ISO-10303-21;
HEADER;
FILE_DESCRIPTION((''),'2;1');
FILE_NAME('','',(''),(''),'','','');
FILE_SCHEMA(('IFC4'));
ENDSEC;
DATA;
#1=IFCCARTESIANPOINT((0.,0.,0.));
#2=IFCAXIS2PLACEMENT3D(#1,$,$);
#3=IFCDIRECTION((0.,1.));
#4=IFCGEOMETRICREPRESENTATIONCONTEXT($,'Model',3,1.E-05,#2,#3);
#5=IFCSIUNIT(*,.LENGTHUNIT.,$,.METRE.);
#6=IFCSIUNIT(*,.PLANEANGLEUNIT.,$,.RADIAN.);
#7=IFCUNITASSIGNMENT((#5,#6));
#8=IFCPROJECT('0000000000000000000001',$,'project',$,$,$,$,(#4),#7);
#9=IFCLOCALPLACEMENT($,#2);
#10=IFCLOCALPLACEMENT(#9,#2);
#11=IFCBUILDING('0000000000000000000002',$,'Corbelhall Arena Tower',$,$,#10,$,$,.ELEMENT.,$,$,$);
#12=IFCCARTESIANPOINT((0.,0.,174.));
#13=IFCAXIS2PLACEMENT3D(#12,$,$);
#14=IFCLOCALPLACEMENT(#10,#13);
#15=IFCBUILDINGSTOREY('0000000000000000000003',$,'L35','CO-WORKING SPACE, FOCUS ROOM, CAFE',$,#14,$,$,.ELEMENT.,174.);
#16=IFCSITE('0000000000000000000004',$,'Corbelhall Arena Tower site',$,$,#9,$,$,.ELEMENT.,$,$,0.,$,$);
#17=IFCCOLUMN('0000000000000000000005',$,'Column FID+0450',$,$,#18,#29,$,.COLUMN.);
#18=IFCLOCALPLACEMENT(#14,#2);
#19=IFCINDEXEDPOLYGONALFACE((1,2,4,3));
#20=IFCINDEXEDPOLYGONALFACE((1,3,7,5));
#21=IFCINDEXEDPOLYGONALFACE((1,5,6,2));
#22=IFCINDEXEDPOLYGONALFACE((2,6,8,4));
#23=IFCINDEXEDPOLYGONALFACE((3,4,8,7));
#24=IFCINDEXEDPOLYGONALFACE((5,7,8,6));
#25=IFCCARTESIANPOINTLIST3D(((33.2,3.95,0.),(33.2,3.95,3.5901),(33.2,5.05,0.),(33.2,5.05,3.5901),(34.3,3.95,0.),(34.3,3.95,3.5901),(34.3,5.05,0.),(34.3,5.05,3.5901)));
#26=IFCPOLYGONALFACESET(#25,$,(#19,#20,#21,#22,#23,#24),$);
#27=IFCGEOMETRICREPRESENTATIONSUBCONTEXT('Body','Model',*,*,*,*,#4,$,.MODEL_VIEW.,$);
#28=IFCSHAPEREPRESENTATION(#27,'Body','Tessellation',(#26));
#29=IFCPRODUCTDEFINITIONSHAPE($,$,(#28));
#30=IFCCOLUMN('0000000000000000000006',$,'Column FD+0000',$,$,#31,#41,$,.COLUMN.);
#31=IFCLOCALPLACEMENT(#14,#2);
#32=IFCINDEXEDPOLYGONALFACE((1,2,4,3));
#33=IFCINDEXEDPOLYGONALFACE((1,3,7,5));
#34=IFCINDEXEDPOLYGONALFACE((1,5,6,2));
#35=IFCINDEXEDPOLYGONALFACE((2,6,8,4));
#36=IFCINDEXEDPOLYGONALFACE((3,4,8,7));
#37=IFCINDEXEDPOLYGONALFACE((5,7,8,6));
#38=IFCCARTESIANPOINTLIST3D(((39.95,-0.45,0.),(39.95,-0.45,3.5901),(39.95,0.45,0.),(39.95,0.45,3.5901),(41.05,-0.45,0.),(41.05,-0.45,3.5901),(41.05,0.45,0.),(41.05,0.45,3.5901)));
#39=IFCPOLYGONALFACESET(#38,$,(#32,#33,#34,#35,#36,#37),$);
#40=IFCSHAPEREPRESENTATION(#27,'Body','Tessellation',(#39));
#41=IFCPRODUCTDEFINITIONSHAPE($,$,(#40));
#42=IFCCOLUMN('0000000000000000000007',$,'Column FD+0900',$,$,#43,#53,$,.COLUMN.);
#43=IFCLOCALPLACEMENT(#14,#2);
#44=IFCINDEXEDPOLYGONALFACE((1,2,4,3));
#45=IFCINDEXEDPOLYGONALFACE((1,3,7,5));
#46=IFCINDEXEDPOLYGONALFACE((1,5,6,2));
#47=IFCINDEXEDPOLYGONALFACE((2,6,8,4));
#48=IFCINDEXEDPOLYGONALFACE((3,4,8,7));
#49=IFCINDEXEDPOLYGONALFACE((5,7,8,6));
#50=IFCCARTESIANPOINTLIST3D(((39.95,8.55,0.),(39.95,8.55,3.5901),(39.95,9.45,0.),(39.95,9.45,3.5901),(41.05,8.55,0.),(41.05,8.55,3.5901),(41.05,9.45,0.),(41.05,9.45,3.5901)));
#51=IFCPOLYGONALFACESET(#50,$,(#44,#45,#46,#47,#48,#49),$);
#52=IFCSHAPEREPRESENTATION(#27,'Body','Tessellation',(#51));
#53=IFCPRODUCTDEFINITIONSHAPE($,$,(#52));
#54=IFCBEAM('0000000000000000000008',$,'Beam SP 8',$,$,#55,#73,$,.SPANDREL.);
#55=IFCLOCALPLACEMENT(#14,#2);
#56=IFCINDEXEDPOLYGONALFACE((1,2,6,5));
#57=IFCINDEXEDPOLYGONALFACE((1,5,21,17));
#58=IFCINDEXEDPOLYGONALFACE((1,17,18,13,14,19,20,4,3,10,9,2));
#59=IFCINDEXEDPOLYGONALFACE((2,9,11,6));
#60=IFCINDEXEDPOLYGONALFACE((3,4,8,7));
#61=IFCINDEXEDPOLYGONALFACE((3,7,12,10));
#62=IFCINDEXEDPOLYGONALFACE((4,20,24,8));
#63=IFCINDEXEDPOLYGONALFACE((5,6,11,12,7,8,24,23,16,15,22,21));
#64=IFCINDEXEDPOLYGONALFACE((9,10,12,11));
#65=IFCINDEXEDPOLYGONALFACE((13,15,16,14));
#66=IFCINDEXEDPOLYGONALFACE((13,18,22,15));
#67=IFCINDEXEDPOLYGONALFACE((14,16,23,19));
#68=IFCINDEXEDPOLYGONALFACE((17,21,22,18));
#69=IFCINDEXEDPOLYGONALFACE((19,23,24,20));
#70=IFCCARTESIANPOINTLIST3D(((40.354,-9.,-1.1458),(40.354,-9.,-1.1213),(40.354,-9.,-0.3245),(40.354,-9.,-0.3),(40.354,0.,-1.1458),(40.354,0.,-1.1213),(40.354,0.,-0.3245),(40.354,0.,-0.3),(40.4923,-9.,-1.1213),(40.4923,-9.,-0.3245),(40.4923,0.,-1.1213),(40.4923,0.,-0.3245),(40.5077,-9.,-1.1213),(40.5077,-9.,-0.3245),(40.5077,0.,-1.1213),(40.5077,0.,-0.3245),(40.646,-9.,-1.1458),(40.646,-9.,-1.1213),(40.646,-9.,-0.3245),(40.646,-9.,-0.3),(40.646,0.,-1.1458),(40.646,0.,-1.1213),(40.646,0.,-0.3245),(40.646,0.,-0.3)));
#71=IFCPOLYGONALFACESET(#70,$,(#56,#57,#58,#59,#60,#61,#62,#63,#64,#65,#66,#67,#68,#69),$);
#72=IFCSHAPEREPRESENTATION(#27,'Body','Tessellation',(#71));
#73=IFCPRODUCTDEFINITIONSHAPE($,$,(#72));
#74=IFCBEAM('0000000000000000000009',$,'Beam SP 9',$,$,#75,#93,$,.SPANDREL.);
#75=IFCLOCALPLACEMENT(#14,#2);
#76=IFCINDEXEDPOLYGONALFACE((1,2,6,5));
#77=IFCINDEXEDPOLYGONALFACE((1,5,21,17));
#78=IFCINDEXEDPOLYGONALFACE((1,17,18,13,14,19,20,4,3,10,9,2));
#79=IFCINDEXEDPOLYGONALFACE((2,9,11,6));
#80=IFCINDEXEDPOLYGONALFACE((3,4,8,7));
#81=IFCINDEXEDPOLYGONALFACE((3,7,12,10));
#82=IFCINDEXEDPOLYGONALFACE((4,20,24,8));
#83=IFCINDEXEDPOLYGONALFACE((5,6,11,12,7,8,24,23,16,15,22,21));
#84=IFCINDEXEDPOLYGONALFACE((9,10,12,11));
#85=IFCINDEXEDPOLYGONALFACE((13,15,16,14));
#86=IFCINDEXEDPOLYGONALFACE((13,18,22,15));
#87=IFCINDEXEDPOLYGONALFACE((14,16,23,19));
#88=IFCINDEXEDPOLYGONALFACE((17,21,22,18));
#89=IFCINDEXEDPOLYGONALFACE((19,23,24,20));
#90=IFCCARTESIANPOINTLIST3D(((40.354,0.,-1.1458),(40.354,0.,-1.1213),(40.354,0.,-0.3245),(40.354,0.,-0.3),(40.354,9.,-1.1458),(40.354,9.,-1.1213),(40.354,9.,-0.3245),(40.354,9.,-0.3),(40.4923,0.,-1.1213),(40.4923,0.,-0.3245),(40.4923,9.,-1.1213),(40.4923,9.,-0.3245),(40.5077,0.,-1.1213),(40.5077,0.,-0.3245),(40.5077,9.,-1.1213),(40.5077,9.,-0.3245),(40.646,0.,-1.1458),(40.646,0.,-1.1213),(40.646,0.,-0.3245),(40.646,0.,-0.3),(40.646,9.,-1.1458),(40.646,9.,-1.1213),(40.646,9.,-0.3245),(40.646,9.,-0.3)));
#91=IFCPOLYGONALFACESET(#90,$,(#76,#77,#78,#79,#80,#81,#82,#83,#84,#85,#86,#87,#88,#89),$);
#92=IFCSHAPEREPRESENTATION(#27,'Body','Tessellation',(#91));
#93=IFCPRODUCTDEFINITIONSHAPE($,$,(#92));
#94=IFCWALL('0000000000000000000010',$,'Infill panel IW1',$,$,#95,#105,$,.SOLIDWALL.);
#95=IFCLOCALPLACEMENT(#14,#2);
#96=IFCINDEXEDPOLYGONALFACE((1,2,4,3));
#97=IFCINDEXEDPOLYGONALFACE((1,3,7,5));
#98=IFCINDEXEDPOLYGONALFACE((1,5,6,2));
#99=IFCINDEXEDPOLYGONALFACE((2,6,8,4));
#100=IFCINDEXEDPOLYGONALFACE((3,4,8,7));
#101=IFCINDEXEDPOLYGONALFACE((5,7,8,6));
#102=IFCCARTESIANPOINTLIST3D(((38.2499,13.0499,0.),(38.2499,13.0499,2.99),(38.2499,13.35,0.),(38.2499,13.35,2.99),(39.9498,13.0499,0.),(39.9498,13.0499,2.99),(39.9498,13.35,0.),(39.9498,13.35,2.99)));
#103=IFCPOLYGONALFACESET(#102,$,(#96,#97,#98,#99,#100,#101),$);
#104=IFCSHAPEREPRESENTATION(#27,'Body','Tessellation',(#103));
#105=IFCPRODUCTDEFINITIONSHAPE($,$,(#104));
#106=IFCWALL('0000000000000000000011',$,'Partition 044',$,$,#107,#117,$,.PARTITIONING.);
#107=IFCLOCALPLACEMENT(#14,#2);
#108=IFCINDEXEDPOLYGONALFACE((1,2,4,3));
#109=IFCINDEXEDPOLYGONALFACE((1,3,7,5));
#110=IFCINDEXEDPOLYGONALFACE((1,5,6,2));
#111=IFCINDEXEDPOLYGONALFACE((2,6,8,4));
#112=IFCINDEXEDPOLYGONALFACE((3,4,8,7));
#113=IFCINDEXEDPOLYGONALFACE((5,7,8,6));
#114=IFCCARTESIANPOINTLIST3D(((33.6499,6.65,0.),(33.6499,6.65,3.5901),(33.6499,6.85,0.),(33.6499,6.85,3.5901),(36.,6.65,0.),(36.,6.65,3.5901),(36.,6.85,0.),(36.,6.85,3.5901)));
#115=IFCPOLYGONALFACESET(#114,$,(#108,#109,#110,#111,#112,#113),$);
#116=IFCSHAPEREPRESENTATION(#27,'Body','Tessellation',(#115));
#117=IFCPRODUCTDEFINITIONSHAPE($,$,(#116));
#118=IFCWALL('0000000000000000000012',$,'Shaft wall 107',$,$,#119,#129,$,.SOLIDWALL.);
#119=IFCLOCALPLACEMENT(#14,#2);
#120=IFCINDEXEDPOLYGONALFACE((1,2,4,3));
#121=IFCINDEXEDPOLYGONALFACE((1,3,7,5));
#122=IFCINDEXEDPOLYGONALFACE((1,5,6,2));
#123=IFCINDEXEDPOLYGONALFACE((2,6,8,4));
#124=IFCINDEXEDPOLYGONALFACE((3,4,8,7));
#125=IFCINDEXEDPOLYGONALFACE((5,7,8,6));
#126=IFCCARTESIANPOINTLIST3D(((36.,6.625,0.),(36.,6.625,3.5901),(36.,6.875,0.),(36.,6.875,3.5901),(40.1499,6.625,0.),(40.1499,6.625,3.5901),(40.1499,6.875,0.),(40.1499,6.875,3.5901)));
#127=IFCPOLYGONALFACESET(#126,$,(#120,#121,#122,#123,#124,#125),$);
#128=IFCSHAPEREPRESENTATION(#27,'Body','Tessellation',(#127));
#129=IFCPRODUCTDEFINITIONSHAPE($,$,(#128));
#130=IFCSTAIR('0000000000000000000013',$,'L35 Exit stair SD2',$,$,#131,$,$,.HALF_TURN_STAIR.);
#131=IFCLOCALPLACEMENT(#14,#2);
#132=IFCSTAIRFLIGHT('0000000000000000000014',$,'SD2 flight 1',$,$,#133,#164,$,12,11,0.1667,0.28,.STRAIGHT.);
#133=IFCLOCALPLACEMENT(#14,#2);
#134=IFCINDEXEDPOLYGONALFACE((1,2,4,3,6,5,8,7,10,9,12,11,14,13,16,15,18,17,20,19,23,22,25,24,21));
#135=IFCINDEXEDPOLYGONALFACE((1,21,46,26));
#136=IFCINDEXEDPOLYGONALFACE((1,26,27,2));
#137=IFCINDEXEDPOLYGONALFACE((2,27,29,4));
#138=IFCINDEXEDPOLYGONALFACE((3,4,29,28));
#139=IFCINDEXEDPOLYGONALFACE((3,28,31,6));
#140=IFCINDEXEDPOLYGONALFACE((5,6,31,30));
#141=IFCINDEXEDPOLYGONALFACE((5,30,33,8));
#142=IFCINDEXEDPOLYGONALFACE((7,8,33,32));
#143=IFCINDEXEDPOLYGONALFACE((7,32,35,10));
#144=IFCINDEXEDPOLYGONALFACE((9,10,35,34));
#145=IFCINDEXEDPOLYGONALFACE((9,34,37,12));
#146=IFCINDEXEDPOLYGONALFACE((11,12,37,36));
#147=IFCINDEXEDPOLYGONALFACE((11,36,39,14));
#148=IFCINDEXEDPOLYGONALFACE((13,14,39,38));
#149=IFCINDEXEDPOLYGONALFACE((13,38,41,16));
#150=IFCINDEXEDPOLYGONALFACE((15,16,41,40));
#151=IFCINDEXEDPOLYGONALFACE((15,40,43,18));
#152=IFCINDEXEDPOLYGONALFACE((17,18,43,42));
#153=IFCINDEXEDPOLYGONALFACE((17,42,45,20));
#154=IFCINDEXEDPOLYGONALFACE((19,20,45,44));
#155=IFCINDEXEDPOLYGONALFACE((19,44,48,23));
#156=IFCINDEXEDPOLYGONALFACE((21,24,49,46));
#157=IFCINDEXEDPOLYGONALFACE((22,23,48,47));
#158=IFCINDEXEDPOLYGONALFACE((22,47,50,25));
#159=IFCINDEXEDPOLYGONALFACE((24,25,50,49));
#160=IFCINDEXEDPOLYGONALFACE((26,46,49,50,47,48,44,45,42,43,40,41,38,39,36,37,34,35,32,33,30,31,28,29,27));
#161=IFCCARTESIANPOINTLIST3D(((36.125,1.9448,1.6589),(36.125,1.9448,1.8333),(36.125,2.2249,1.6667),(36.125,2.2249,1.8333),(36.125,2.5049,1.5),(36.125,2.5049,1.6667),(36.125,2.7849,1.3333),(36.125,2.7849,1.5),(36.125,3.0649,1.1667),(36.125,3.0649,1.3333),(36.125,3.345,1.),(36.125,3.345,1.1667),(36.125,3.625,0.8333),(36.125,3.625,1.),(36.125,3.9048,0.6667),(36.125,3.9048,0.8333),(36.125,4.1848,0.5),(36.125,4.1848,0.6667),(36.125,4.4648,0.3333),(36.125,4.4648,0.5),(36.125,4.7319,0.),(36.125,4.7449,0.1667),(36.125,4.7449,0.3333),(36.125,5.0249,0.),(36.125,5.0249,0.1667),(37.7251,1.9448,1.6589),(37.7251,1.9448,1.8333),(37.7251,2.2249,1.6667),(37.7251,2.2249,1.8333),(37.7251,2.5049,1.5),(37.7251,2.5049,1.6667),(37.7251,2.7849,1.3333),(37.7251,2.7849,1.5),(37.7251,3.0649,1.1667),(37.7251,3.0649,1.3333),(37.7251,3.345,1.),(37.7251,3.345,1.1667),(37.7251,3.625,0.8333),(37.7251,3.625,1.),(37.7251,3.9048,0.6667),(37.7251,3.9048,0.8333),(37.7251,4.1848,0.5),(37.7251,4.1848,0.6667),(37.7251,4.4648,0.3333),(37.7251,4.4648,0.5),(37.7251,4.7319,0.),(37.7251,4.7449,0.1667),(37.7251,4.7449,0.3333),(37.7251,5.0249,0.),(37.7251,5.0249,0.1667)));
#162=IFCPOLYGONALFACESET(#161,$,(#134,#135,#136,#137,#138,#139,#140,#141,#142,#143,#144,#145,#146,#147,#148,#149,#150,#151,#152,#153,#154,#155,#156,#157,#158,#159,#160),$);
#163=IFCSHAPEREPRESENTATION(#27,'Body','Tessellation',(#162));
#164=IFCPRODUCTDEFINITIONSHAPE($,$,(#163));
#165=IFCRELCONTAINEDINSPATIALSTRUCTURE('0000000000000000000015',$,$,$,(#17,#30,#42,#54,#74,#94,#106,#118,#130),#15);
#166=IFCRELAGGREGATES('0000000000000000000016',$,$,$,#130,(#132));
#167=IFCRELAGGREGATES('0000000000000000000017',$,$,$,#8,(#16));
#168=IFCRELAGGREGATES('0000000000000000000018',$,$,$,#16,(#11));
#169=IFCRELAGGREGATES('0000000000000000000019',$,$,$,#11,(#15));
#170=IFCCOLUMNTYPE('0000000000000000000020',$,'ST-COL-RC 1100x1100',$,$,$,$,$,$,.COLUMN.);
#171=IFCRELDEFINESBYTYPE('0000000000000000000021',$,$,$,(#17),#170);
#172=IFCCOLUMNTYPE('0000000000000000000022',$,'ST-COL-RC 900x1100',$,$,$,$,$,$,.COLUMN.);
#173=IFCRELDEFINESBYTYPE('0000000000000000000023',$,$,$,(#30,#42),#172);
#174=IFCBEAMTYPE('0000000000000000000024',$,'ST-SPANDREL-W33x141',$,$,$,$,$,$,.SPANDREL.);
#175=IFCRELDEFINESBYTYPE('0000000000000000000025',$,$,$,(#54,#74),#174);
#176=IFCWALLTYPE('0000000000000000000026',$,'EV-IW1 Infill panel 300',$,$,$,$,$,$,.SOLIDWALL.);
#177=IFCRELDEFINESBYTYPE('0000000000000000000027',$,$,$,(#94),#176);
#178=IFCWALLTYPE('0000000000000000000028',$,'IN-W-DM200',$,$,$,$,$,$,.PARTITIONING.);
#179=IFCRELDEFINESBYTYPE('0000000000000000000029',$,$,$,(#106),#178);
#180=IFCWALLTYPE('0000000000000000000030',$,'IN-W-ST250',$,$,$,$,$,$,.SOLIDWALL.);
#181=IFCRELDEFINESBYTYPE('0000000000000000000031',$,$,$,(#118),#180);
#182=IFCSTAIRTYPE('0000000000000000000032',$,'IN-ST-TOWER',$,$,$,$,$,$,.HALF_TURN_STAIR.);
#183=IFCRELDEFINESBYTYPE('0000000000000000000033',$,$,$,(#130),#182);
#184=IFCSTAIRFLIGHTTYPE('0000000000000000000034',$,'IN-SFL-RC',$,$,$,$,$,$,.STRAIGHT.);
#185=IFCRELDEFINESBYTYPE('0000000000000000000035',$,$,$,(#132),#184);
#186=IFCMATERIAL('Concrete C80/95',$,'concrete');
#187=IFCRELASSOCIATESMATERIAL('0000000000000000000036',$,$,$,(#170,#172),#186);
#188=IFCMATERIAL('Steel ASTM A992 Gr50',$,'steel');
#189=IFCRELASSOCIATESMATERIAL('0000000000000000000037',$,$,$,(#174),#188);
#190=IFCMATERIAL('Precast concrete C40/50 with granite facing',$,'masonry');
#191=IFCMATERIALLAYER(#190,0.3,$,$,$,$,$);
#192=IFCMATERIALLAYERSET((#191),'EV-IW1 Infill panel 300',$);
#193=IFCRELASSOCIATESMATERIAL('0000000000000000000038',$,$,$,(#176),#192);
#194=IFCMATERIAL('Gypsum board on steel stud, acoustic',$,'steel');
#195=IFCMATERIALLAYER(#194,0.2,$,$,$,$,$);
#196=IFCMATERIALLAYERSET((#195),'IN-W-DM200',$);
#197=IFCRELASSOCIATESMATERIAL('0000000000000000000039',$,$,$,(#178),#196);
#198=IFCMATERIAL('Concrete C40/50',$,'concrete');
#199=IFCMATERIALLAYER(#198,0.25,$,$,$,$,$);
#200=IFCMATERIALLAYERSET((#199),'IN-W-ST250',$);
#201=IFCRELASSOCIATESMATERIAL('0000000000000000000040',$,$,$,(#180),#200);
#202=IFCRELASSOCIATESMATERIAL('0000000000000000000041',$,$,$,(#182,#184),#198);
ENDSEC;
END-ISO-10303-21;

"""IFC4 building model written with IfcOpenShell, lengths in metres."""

from ifc_helpers import new_model, si_unit, direction, frame, frame_2d, origin, origin_2d, place, context, subcontext, project, spatial, polyline, rectangle, i_section, outline, extrude, material, layer, layer_set, material_profile, profile_set, type_object, element, aggregate, save


model = new_model("IFC4")

# Units and contexts
model_context = context("Model", 3, precision=1e-05, world=origin(), true_north=direction((0.0, 1.0)))
body_context = subcontext(model_context, "Body", "Model", "MODEL_VIEW")
ifc_project = project(units=[si_unit("LENGTHUNIT", "METRE"), si_unit("PLANEANGLEUNIT", "RADIAN")], contexts=[model_context])

# Site, building, storey
site_placement = place(None, origin())
site = spatial("IfcSite", under=ifc_project, at=site_placement, Name="Corbelhall Arena Tower site", CompositionType="ELEMENT", RefElevation=0.0)
building_placement = place(site_placement, origin())
building = spatial("IfcBuilding", under=site, at=building_placement, Name="Corbelhall Arena Tower", CompositionType="ELEMENT")
storey_placement = place(building_placement, frame((0.0, 0.0, 174.0)))
storey = spatial("IfcBuildingStorey", under=building, at=storey_placement, Name="L35", Description="CO-WORKING SPACE, FOCUS ROOM, CAFE", CompositionType="ELEMENT", Elevation=174.0)

# Columns
ifc_material_1 = material(Name="Concrete C80/95", Category="concrete")
ifc_material_profile_1 = material_profile(ifc_material_1, rectangle(XDim=1.1001, YDim=1.1001, at=origin_2d()))
ifc_profile_set_1 = profile_set([ifc_material_profile_1], Name="Concrete C80/95")
column_type_1 = type_object("IfcColumnType", Name="ST-COL-RC 1100x1100", PredefinedType="COLUMN", material=ifc_profile_set_1)
column_placement = place(storey_placement, frame((33.75, 4.5, 0.0), z_axis=(0.0, 0.0, 1.0), x_axis=(1.0, 0.0, 0.0)))
element("IfcColumn", 1, at=column_placement, inside=storey, type_object=column_type_1, Name="Column FID+0450", PredefinedType="COLUMN", context=body_context, shape_type="SweptSolid", body=[
    extrude(rectangle(XDim=1.1001, YDim=1.1001, at=origin_2d()), origin(), (0.0, 0.0, 1.0), 3.5901),
])
ifc_material_profile_2 = material_profile(ifc_material_1, rectangle(XDim=0.8999, YDim=1.1001, at=origin_2d()))
ifc_profile_set_2 = profile_set([ifc_material_profile_2], Name="Concrete C80/95")
column_type_2 = type_object("IfcColumnType", Name="ST-COL-RC 900x1100", PredefinedType="COLUMN", material=ifc_profile_set_2)
for number, where, z_axis, x_axis, name in (
    (2, (40.5, 0.0, 0.0), (0.0, 0.0, 1.0), (0.0, 1.0, 0.0), "Column FD+0000"),
    (3, (40.5, 9.0, 0.0), (0.0, 0.0, 1.0), (0.0, 1.0, 0.0), "Column FD+0900"),
):
    element("IfcColumn", number, at=place(storey_placement, frame(where, z_axis=z_axis, x_axis=x_axis)), inside=storey, type_object=column_type_2, Name=name, PredefinedType="COLUMN", context=body_context, shape_type="SweptSolid", body=[
        extrude(rectangle(XDim=0.8999, YDim=1.1001, at=origin_2d()), origin(), (0.0, 0.0, 1.0), 3.5901),
    ])

# Beams
ifc_material_2 = material(Name="Steel ASTM A992 Gr50", Category="steel")
ifc_material_profile_3 = material_profile(ifc_material_2, i_section(OverallWidth=0.292, OverallDepth=0.8457, WebThickness=0.0154, FlangeThickness=0.0244, at=origin_2d()))
ifc_profile_set_3 = profile_set([ifc_material_profile_3], Name="Steel ASTM A992 Gr50")
beam_type = type_object("IfcBeamType", Name="ST-SPANDREL-W33x141", PredefinedType="SPANDREL", material=ifc_profile_set_3)
for number, where, z_axis, x_axis, name in (
    (4, (40.5, 0.0, -0.7229), (0.0, -1.0, 0.0), (1.0, 0.0, 0.0), "Beam SP 8"),
    (5, (40.5, 9.0, -0.7229), (0.0, -1.0, 0.0), (1.0, 0.0, 0.0), "Beam SP 9"),
):
    element("IfcBeam", number, at=place(storey_placement, frame(where, z_axis=z_axis, x_axis=x_axis)), inside=storey, type_object=beam_type, Name=name, PredefinedType="SPANDREL", context=body_context, shape_type="SweptSolid", body=[
        extrude(i_section(OverallWidth=0.292, OverallDepth=0.8457, WebThickness=0.0154, FlangeThickness=0.0244, at=origin_2d()), origin(), (0.0, 0.0, 1.0), 9.0),
    ])

# Wall
ifc_material_3 = material(Name="Precast concrete C40/50 with granite facing", Category="masonry")
ifc_layer_1 = layer(ifc_material_3, 0.3)
ifc_layer_set_1 = layer_set([ifc_layer_1], Name="EV-IW1 Infill panel 300")
wall_type_1 = type_object("IfcWallType", Name="EV-IW1 Infill panel 300", PredefinedType="SOLIDWALL", material=ifc_layer_set_1)
wall_1_placement = place(storey_placement, frame((39.95, 13.2, 0.0), z_axis=(0.0, 0.0, 1.0), x_axis=(-1.0, 0.0, 0.0)))
element("IfcWall", 6, at=wall_1_placement, inside=storey, type_object=wall_type_1, Name="Infill panel IW1", PredefinedType="SOLIDWALL", context=body_context, shape_type="SweptSolid", body=[
    extrude(rectangle(XDim=1.7, YDim=0.3, at=frame_2d((0.8501, 0.0))), origin(), (0.0, 0.0, 1.0), 2.99),
])

# Walls
ifc_material_4 = material(Name="Gypsum board on steel stud, acoustic", Category="steel")
ifc_layer_2 = layer(ifc_material_4, 0.2)
ifc_layer_set_2 = layer_set([ifc_layer_2], Name="IN-W-DM200")
wall_type_2 = type_object("IfcWallType", Name="IN-W-DM200", PredefinedType="PARTITIONING", material=ifc_layer_set_2)
wall_2_placement = place(storey_placement, frame((33.6499, 6.75, 0.0), z_axis=(0.0, 0.0, 1.0), x_axis=(1.0, 0.0, 0.0)))
element("IfcWall", 7, at=wall_2_placement, inside=storey, type_object=wall_type_2, Name="Partition 044", PredefinedType="PARTITIONING", context=body_context, shape_type="SweptSolid", body=[
    extrude(rectangle(XDim=2.3501, YDim=0.2, at=frame_2d((1.175, 0.0))), origin(), (0.0, 0.0, 1.0), 3.5901),
])
ifc_material_5 = material(Name="Concrete C40/50", Category="concrete")
ifc_layer_3 = layer(ifc_material_5, 0.25)
ifc_layer_set_3 = layer_set([ifc_layer_3], Name="IN-W-ST250")
wall_type_3 = type_object("IfcWallType", Name="IN-W-ST250", PredefinedType="SOLIDWALL", material=ifc_layer_set_3)
wall_3_placement = place(storey_placement, frame((36.0, 6.75, 0.0), z_axis=(0.0, 0.0, 1.0), x_axis=(1.0, 0.0, 0.0)))
element("IfcWall", 8, at=wall_3_placement, inside=storey, type_object=wall_type_3, Name="Shaft wall 107", PredefinedType="SOLIDWALL", context=body_context, shape_type="SweptSolid", body=[
    extrude(rectangle(XDim=4.1499, YDim=0.25, at=frame_2d((2.075, 0.0))), origin(), (0.0, 0.0, 1.0), 3.5901),
])

# Stair, stair flight
stair_type = type_object("IfcStairType", Name="IN-ST-TOWER", PredefinedType="HALF_TURN_STAIR", material=ifc_material_5)
stair_placement = place(storey_placement, origin())
stair = element("IfcStair", 9, at=stair_placement, inside=storey, type_object=stair_type, Name="L35 Exit stair SD2", PredefinedType="HALF_TURN_STAIR")
stair_flight_type = type_object("IfcStairFlightType", Name="IN-SFL-RC", PredefinedType="STRAIGHT", material=ifc_material_5)
stair_flight_1_placement = place(storey_placement, frame((36.925, 5.0249, 0.0), z_axis=(0.0, 0.0, 1.0), x_axis=(0.0, -1.0, 0.0)))
stair_flight_1 = element("IfcStairFlight", 10, at=stair_flight_1_placement, type_object=stair_flight_type, Name="SD2 flight 1", NumberOfRisers=12, NumberOfTreads=11, PredefinedType="STRAIGHT", RiserHeight=0.1667, TreadLength=0.28, context=body_context, shape_type="SweptSolid", body=[
    extrude(outline(polyline([(0.0, 0.0), (0.0, 0.1667), (0.28, 0.1667), (0.28, 0.3333), (0.5601, 0.3333), (0.5601, 0.5), (0.8401, 0.5), (0.8401, 0.6667), (1.1201, 0.6667), (1.1201, 0.8333), (1.3999, 0.8333), (1.3999, 1.0), (1.6799, 1.0), (1.6799, 1.1667), (1.96, 1.1667), (1.96, 1.3333), (2.24, 1.3333), (2.24, 1.5), (2.52, 1.5), (2.52, 1.6667), (2.8, 1.6667), (2.8, 1.8333), (3.0801, 1.8333), (3.0801, 2.0), (3.0801, 1.6589), (0.293, 0.0), (0.0, 0.0)])), frame((0.0, 0.8, 0.0), z_axis=(0.0, -1.0, 0.0), x_axis=(1.0, 0.0, 0.0)), (0.0, 0.0, 1.0), 1.6001),
])
aggregate(stair, [stair_flight_1])

save(model, "model.ifc")
